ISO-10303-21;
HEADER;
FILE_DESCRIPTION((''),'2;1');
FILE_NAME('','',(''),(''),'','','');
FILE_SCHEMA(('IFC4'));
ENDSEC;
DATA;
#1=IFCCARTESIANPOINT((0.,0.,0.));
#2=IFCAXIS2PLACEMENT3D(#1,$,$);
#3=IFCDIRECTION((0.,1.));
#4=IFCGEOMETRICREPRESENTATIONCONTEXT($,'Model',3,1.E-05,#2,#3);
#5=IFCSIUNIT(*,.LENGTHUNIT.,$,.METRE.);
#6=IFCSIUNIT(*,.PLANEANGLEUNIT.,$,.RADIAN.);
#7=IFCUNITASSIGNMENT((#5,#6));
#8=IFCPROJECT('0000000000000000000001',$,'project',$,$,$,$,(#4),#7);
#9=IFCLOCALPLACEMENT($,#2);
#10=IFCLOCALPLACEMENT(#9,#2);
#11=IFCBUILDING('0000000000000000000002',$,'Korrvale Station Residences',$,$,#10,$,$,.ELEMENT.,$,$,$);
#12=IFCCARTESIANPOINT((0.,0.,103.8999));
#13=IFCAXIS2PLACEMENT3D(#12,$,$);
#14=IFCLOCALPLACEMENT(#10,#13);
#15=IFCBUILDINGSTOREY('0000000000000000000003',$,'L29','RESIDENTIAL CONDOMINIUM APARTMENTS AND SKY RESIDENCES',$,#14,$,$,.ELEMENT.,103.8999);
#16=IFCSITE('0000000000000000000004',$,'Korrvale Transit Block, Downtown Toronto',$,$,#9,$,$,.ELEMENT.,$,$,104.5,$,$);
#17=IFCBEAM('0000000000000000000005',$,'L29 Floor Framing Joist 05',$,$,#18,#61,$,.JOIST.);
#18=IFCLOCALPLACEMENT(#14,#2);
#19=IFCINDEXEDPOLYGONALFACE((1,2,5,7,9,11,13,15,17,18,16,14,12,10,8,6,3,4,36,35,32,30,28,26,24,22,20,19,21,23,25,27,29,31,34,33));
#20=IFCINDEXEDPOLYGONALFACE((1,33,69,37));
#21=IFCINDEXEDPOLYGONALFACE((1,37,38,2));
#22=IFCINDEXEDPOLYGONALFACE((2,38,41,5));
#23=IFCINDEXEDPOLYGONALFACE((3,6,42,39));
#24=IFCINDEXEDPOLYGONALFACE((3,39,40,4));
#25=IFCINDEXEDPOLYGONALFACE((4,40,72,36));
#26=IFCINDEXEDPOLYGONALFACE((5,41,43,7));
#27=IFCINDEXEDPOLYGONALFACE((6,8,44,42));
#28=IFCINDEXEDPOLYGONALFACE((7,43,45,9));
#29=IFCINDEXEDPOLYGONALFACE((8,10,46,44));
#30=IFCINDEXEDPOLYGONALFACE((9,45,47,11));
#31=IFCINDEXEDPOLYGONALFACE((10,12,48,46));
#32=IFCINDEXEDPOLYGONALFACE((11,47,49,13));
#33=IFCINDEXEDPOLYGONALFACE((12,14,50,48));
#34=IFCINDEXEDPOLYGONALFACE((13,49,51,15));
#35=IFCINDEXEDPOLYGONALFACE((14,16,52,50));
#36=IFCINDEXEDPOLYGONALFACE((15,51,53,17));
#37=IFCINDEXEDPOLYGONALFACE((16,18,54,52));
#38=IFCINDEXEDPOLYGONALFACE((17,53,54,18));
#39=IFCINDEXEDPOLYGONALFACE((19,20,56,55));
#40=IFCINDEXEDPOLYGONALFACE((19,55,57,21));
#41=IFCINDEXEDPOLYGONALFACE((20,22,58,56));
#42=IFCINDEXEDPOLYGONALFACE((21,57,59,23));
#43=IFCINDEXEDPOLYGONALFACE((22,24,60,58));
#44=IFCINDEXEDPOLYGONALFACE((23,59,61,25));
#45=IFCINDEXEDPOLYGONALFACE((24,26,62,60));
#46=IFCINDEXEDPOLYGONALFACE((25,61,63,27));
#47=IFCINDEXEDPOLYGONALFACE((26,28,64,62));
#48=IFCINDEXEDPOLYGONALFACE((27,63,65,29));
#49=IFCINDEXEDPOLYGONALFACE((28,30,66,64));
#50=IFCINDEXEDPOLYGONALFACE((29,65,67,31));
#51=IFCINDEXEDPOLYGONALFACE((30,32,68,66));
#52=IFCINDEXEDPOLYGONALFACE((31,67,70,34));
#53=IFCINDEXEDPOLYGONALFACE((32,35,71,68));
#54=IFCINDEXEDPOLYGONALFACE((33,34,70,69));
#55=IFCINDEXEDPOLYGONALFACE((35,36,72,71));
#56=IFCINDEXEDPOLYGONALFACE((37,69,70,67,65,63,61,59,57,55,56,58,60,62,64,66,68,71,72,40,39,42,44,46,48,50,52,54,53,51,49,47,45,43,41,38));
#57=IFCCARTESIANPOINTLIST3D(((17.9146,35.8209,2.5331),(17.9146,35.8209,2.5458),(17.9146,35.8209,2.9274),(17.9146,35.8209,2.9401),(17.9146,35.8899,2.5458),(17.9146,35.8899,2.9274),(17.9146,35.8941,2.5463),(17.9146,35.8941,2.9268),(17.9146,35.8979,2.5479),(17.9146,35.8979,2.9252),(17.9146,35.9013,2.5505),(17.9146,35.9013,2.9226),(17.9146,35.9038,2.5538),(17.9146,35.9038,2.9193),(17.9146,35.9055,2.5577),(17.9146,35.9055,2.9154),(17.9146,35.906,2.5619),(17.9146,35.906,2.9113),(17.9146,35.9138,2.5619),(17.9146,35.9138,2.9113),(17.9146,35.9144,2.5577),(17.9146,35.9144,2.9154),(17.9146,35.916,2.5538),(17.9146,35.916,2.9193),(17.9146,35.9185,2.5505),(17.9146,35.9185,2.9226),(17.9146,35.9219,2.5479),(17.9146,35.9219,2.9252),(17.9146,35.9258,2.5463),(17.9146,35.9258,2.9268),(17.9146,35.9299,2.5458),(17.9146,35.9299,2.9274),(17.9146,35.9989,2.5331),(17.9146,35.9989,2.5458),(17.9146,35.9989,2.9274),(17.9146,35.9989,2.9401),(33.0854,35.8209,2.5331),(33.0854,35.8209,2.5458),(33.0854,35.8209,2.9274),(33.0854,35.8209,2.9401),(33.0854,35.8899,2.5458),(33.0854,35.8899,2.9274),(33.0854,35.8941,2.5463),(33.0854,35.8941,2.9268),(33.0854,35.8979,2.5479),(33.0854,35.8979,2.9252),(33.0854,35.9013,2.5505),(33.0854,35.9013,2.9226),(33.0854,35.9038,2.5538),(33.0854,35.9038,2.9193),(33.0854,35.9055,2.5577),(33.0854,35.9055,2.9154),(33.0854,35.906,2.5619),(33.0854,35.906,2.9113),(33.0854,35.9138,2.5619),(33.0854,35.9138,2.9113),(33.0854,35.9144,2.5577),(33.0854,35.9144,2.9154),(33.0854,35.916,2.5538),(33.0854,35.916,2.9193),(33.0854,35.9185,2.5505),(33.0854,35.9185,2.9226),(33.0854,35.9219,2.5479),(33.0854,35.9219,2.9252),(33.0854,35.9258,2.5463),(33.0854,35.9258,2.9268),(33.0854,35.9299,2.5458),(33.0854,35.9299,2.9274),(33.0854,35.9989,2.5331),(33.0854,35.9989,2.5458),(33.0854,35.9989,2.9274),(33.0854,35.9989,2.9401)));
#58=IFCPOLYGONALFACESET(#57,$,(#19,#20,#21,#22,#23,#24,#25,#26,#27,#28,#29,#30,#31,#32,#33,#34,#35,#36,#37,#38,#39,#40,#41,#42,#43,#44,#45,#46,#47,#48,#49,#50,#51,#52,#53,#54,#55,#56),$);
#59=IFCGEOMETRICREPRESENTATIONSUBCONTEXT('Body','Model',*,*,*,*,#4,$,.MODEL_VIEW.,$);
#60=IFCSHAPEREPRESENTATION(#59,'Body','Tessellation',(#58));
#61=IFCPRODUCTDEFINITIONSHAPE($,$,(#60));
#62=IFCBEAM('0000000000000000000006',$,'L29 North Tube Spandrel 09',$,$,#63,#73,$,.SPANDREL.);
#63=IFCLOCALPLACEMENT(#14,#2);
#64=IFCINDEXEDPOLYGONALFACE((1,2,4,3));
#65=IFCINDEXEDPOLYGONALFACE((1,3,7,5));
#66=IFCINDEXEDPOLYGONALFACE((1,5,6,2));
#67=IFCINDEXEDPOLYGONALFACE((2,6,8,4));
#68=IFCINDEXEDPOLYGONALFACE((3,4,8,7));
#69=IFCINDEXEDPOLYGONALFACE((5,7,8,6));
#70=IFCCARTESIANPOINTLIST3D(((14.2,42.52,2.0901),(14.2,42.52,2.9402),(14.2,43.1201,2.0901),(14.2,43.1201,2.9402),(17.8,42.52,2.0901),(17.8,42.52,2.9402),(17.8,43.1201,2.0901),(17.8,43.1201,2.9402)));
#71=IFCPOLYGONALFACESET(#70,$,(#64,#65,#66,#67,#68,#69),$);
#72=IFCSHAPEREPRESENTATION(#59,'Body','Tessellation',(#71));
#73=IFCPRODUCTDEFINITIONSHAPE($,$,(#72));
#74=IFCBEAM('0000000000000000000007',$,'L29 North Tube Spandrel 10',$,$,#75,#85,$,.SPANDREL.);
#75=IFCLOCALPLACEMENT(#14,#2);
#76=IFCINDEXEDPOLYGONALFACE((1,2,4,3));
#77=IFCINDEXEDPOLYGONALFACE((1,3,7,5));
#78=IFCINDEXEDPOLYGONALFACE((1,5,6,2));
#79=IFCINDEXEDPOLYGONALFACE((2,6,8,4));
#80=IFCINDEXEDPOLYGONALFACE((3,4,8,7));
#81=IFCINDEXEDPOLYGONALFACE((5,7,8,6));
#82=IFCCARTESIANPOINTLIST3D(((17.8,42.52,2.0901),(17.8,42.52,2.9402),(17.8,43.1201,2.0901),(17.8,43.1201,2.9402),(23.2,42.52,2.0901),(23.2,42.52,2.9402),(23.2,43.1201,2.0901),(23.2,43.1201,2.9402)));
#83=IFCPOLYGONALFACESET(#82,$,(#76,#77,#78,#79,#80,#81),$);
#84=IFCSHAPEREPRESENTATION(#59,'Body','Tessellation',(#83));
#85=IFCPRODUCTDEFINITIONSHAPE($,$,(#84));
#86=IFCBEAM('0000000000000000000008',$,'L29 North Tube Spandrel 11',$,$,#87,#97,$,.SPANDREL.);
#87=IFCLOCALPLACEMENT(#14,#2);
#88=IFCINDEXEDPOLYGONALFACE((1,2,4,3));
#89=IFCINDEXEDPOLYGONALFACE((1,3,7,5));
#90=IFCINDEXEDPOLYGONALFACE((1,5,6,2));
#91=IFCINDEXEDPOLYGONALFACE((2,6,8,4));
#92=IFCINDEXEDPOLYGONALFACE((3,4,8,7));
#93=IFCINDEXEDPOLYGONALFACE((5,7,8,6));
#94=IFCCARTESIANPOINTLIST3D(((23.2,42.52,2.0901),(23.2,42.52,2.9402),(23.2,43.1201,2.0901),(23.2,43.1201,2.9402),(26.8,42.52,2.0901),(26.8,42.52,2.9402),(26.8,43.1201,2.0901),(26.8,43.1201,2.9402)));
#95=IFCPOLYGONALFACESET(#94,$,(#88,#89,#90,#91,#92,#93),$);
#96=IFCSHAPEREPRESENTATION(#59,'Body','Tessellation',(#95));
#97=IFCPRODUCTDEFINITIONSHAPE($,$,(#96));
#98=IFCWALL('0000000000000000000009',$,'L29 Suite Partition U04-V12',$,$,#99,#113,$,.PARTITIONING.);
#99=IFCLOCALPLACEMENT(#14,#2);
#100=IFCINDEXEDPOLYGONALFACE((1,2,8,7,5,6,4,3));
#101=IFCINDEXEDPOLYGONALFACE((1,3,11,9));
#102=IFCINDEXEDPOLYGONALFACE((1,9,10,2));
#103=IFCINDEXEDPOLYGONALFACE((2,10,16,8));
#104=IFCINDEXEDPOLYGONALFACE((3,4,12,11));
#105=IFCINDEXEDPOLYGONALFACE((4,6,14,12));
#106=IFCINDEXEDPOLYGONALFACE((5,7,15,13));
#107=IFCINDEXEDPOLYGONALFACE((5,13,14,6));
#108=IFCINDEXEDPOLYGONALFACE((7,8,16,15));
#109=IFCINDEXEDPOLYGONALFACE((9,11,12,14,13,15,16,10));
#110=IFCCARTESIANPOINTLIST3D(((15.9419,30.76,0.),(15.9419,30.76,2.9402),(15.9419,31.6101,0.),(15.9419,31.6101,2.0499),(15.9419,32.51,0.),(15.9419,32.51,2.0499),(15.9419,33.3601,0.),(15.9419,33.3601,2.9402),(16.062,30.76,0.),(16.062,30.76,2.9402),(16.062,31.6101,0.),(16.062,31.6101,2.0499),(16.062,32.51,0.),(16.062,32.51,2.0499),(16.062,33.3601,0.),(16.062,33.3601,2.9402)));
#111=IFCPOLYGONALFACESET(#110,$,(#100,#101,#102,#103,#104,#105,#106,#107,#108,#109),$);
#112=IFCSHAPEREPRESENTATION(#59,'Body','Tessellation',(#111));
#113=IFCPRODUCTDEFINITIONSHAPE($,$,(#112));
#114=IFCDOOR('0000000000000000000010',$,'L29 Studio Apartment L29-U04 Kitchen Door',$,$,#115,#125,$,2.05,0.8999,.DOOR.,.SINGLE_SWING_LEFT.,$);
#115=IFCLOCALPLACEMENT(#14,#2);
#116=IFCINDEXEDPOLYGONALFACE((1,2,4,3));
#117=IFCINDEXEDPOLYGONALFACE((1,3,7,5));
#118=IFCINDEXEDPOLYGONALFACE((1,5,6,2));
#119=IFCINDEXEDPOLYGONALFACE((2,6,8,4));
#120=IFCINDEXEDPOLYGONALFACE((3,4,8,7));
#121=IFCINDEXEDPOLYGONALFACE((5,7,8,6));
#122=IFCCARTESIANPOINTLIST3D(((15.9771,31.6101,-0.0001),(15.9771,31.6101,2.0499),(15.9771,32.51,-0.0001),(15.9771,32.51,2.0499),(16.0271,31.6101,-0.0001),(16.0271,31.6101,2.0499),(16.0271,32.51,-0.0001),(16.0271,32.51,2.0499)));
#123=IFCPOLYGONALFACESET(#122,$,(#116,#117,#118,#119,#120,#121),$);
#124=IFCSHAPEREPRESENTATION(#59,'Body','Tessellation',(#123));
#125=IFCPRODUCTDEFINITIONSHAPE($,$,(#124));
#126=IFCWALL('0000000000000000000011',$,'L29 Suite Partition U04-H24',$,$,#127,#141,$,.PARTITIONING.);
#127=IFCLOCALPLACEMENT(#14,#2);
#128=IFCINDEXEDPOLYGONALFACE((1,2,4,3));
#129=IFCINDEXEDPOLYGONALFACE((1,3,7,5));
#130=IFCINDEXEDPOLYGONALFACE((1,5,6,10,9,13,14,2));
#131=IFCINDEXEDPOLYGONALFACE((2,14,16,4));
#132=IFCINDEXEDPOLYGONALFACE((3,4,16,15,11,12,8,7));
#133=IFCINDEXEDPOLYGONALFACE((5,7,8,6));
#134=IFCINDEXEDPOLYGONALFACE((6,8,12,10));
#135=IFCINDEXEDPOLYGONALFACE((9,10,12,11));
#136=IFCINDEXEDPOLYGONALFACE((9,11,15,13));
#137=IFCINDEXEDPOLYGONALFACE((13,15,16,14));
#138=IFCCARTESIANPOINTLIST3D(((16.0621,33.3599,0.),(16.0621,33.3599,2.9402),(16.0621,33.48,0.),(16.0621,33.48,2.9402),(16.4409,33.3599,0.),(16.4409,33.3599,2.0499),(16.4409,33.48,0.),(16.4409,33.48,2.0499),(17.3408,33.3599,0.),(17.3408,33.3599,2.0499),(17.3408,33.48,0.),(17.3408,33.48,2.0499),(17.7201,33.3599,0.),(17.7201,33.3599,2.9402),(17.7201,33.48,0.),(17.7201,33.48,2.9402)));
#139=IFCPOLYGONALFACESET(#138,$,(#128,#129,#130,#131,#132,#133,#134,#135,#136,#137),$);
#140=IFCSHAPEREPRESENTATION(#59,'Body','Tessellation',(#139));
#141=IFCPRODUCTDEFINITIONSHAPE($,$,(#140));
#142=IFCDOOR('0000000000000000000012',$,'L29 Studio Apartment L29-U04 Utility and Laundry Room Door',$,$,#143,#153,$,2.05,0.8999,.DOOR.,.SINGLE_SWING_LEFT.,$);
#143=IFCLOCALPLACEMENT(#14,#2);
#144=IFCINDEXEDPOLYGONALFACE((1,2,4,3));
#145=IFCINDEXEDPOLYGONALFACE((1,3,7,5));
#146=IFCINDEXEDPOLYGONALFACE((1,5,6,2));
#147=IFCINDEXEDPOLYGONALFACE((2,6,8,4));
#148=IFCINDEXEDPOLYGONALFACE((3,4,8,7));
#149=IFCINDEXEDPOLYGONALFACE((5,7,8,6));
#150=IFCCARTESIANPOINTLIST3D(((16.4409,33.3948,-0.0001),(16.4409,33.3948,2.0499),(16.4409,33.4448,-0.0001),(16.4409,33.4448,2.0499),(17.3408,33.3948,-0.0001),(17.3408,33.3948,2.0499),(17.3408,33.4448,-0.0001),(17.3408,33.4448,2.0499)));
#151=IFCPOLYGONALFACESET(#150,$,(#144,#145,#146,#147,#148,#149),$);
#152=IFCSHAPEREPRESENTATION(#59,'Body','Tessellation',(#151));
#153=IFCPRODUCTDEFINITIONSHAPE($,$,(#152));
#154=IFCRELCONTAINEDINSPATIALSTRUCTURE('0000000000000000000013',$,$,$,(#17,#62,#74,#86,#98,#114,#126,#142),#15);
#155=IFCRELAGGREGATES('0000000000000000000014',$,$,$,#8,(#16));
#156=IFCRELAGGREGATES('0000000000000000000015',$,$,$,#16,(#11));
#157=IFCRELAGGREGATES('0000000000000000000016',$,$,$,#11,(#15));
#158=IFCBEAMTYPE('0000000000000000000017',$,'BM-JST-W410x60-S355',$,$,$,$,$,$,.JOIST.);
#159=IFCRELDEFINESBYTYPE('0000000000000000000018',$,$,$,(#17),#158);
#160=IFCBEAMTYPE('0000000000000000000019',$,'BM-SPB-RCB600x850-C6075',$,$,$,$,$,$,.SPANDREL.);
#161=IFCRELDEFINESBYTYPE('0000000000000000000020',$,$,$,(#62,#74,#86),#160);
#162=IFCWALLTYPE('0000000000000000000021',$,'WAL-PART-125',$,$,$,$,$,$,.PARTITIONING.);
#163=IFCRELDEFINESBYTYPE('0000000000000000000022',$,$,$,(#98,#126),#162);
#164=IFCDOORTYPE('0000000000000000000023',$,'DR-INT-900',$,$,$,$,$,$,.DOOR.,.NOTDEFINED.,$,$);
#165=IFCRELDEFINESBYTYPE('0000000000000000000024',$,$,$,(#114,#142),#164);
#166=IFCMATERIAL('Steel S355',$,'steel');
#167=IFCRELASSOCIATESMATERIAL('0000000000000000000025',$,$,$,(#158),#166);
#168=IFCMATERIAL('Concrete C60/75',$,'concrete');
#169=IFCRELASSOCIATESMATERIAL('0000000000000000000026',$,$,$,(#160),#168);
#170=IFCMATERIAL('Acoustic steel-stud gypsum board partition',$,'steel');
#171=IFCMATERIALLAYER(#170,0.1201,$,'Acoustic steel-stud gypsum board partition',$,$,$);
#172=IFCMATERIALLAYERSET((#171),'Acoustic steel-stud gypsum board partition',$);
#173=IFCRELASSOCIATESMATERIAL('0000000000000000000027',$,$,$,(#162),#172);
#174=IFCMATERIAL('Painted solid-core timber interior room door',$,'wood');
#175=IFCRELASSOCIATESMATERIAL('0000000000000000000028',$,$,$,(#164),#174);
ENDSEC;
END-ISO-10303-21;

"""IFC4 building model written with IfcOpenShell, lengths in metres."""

from ifc_helpers import new_model, si_unit, direction, frame, frame_2d, origin, origin_2d, place, context, subcontext, project, spatial, rectangle, i_section, extrude, material, layer, layer_set, material_profile, profile_set, type_object, element, fill, save


model = new_model("IFC4")

# Units and contexts
model_context = context("Model", 3, precision=1e-05, world=origin(), true_north=direction((0.0, 1.0)))
body_context = subcontext(model_context, "Body", "Model", "MODEL_VIEW")
ifc_project = project(units=[si_unit("LENGTHUNIT", "METRE"), si_unit("PLANEANGLEUNIT", "RADIAN")], contexts=[model_context])

# Site, building, storey
site_placement = place(None, origin())
site = spatial("IfcSite", under=ifc_project, at=site_placement, Name="Korrvale Transit Block, Downtown Toronto", CompositionType="ELEMENT", RefElevation=104.5)
building_placement = place(site_placement, origin())
building = spatial("IfcBuilding", under=site, at=building_placement, Name="Korrvale Station Residences", CompositionType="ELEMENT")
storey_placement = place(building_placement, frame((0.0, 0.0, 103.8999)))
storey = spatial("IfcBuildingStorey", under=building, at=storey_placement, Name="L29", Description="RESIDENTIAL CONDOMINIUM APARTMENTS AND SKY RESIDENCES", CompositionType="ELEMENT", Elevation=103.8999)

# Shared definitions
ifc_material_1 = material(Name="Concrete C60/75", Category="concrete")

# Beams
ifc_material_2 = material(Name="Steel S355", Category="steel")
ifc_material_profile_1 = material_profile(ifc_material_2, i_section(OverallWidth=0.178, OverallDepth=0.407, WebThickness=0.0078, FlangeThickness=0.0127, FilletRadius=0.0161, at=origin_2d()), Name="W410x60")
ifc_profile_set_1 = profile_set([ifc_material_profile_1], Name="Steel S355")
beam_type_1 = type_object("IfcBeamType", Name="BM-JST-W410x60-S355", PredefinedType="JOIST", material=ifc_profile_set_1)
beam_1_placement = place(storey_placement, frame((17.9146, 35.9099, 2.7366), z_axis=(1.0, 0.0, 0.0), x_axis=(0.0, 1.0, 0.0)))
element("IfcBeam", 1, at=beam_1_placement, inside=storey, type_object=beam_type_1, Name="L29 Floor Framing Joist 05", PredefinedType="JOIST", context=body_context, shape_type="SweptSolid", body=[
    extrude(i_section(OverallWidth=0.178, OverallDepth=0.407, WebThickness=0.0078, FlangeThickness=0.0127, FilletRadius=0.0161, at=origin_2d()), origin(), (0.0, 0.0, 1.0), 15.1709),
])
ifc_material_profile_2 = material_profile(ifc_material_1, rectangle(XDim=0.6001, YDim=0.8501, at=origin_2d()), Name="RCB600x850")
ifc_profile_set_2 = profile_set([ifc_material_profile_2], Name="Concrete C60/75")
beam_type_2 = type_object("IfcBeamType", Name="BM-SPB-RCB600x850-C6075", PredefinedType="SPANDREL", material=ifc_profile_set_2)
beam_2_placement = place(storey_placement, frame((14.2, 42.8201, 2.5151), z_axis=(1.0, 0.0, 0.0), x_axis=(0.0, 1.0, 0.0)))
element("IfcBeam", 2, at=beam_2_placement, inside=storey, type_object=beam_type_2, Name="L29 North Tube Spandrel 09", PredefinedType="SPANDREL", context=body_context, shape_type="SweptSolid", body=[
    extrude(rectangle(XDim=0.6001, YDim=0.8501, at=origin_2d()), origin(), (0.0, 0.0, 1.0), 3.6001),
])
beam_3_placement = place(storey_placement, frame((17.8, 42.8201, 2.5151), z_axis=(1.0, 0.0, 0.0), x_axis=(0.0, 1.0, 0.0)))
element("IfcBeam", 3, at=beam_3_placement, inside=storey, type_object=beam_type_2, Name="L29 North Tube Spandrel 10", PredefinedType="SPANDREL", context=body_context, shape_type="SweptSolid", body=[
    extrude(rectangle(XDim=0.6001, YDim=0.8501, at=origin_2d()), origin(), (0.0, 0.0, 1.0), 5.3999),
])
beam_4_placement = place(storey_placement, frame((23.2, 42.8201, 2.5151), z_axis=(1.0, 0.0, 0.0), x_axis=(0.0, 1.0, 0.0)))
element("IfcBeam", 4, at=beam_4_placement, inside=storey, type_object=beam_type_2, Name="L29 North Tube Spandrel 11", PredefinedType="SPANDREL", context=body_context, shape_type="SweptSolid", body=[
    extrude(rectangle(XDim=0.6001, YDim=0.8501, at=origin_2d()), origin(), (0.0, 0.0, 1.0), 3.6001),
])

# Walls, openings, doors
ifc_material_3 = material(Name="Acoustic steel-stud gypsum board partition", Category="steel")
ifc_layer_1 = layer(ifc_material_3, 0.1201, Name="Acoustic steel-stud gypsum board partition")
ifc_layer_set_1 = layer_set([ifc_layer_1], Name="Acoustic steel-stud gypsum board partition")
wall_type_1 = type_object("IfcWallType", Name="WAL-PART-125", PredefinedType="PARTITIONING", material=ifc_layer_set_1)
wall_1_placement = place(storey_placement, frame((16.002, 30.76, 0.0), z_axis=(0.0, 0.0, 1.0), x_axis=(0.0, 1.0, 0.0)))
wall_1 = element("IfcWall", 5, at=wall_1_placement, inside=storey, type_object=wall_type_1, Name="L29 Suite Partition U04-V12", PredefinedType="PARTITIONING", context=body_context, shape_type="SweptSolid", body=[
    extrude(rectangle(XDim=2.6001, YDim=0.1201, at=frame_2d((1.3, 0.0))), origin(), (0.0, 0.0, 1.0), 2.9402),
])
opening_1_placement = place(wall_1_placement, frame((0.8501, 0.0, 0.0)))
opening_1 = element("IfcOpeningElement", 6, at=opening_1_placement, cuts=wall_1, PredefinedType="OPENING", context=body_context, shape_type="SweptSolid", body=[
    extrude(rectangle(XDim=0.8999, YDim=2.05, at=frame_2d((0.45, 1.0249))), frame((0.0, 0.0701, 0.0), z_axis=(0.0, -1.0, 0.0), x_axis=(1.0, 0.0, 0.0)), (0.0, 0.0, 1.0), 0.1401),
])
ifc_material_4 = material(Name="Painted solid-core timber interior room door", Category="wood")
door_type_1 = type_object("IfcDoorType", Name="DR-INT-900", OperationType="NOTDEFINED", PredefinedType="DOOR", material=ifc_material_4)
door_1_placement = place(opening_1_placement, origin())
door_1 = element("IfcDoor", 7, at=door_1_placement, inside=storey, type_object=door_type_1, Name="L29 Studio Apartment L29-U04 Kitchen Door", OperationType="SINGLE_SWING_LEFT", OverallHeight=2.05, OverallWidth=0.8999, PredefinedType="DOOR", context=body_context, shape_type="SweptSolid", body=[
    extrude(rectangle(XDim=0.8999, YDim=2.05, at=frame_2d((0.45, 1.0249))), frame((0.0, 0.0249, 0.0), z_axis=(0.0, -1.0, 0.0), x_axis=(1.0, 0.0, 0.0)), (0.0, 0.0, 1.0), 0.05),
])
fill(opening_1, door_1)
wall_2_placement = place(storey_placement, frame((16.062, 33.4199, 0.0), z_axis=(0.0, 0.0, 1.0), x_axis=(1.0, 0.0, 0.0)))
wall_2 = element("IfcWall", 8, at=wall_2_placement, inside=storey, type_object=wall_type_1, Name="L29 Suite Partition U04-H24", PredefinedType="PARTITIONING", context=body_context, shape_type="SweptSolid", body=[
    extrude(rectangle(XDim=1.658, YDim=0.1201, at=frame_2d((0.8291, 0.0))), origin(), (0.0, 0.0, 1.0), 2.9402),
])
opening_2_placement = place(wall_2_placement, frame((0.3789, 0.0, 0.0)))
opening_2 = element("IfcOpeningElement", 9, at=opening_2_placement, cuts=wall_2, PredefinedType="OPENING", context=body_context, shape_type="SweptSolid", body=[
    extrude(rectangle(XDim=0.8999, YDim=2.05, at=frame_2d((0.45, 1.0249))), frame((0.0, 0.0701, 0.0), z_axis=(0.0, -1.0, 0.0), x_axis=(1.0, 0.0, 0.0)), (0.0, 0.0, 1.0), 0.1401),
])
door_2_placement = place(opening_2_placement, origin())
door_2 = element("IfcDoor", 10, at=door_2_placement, inside=storey, type_object=door_type_1, Name="L29 Studio Apartment L29-U04 Utility and Laundry Room Door", OperationType="SINGLE_SWING_LEFT", OverallHeight=2.05, OverallWidth=0.8999, PredefinedType="DOOR", context=body_context, shape_type="SweptSolid", body=[
    extrude(rectangle(XDim=0.8999, YDim=2.05, at=frame_2d((0.45, 1.0249))), frame((0.0, 0.0249, 0.0), z_axis=(0.0, -1.0, 0.0), x_axis=(1.0, 0.0, 0.0)), (0.0, 0.0, 1.0), 0.05),
])
fill(opening_2, door_2)

save(model, "model.ifc")
